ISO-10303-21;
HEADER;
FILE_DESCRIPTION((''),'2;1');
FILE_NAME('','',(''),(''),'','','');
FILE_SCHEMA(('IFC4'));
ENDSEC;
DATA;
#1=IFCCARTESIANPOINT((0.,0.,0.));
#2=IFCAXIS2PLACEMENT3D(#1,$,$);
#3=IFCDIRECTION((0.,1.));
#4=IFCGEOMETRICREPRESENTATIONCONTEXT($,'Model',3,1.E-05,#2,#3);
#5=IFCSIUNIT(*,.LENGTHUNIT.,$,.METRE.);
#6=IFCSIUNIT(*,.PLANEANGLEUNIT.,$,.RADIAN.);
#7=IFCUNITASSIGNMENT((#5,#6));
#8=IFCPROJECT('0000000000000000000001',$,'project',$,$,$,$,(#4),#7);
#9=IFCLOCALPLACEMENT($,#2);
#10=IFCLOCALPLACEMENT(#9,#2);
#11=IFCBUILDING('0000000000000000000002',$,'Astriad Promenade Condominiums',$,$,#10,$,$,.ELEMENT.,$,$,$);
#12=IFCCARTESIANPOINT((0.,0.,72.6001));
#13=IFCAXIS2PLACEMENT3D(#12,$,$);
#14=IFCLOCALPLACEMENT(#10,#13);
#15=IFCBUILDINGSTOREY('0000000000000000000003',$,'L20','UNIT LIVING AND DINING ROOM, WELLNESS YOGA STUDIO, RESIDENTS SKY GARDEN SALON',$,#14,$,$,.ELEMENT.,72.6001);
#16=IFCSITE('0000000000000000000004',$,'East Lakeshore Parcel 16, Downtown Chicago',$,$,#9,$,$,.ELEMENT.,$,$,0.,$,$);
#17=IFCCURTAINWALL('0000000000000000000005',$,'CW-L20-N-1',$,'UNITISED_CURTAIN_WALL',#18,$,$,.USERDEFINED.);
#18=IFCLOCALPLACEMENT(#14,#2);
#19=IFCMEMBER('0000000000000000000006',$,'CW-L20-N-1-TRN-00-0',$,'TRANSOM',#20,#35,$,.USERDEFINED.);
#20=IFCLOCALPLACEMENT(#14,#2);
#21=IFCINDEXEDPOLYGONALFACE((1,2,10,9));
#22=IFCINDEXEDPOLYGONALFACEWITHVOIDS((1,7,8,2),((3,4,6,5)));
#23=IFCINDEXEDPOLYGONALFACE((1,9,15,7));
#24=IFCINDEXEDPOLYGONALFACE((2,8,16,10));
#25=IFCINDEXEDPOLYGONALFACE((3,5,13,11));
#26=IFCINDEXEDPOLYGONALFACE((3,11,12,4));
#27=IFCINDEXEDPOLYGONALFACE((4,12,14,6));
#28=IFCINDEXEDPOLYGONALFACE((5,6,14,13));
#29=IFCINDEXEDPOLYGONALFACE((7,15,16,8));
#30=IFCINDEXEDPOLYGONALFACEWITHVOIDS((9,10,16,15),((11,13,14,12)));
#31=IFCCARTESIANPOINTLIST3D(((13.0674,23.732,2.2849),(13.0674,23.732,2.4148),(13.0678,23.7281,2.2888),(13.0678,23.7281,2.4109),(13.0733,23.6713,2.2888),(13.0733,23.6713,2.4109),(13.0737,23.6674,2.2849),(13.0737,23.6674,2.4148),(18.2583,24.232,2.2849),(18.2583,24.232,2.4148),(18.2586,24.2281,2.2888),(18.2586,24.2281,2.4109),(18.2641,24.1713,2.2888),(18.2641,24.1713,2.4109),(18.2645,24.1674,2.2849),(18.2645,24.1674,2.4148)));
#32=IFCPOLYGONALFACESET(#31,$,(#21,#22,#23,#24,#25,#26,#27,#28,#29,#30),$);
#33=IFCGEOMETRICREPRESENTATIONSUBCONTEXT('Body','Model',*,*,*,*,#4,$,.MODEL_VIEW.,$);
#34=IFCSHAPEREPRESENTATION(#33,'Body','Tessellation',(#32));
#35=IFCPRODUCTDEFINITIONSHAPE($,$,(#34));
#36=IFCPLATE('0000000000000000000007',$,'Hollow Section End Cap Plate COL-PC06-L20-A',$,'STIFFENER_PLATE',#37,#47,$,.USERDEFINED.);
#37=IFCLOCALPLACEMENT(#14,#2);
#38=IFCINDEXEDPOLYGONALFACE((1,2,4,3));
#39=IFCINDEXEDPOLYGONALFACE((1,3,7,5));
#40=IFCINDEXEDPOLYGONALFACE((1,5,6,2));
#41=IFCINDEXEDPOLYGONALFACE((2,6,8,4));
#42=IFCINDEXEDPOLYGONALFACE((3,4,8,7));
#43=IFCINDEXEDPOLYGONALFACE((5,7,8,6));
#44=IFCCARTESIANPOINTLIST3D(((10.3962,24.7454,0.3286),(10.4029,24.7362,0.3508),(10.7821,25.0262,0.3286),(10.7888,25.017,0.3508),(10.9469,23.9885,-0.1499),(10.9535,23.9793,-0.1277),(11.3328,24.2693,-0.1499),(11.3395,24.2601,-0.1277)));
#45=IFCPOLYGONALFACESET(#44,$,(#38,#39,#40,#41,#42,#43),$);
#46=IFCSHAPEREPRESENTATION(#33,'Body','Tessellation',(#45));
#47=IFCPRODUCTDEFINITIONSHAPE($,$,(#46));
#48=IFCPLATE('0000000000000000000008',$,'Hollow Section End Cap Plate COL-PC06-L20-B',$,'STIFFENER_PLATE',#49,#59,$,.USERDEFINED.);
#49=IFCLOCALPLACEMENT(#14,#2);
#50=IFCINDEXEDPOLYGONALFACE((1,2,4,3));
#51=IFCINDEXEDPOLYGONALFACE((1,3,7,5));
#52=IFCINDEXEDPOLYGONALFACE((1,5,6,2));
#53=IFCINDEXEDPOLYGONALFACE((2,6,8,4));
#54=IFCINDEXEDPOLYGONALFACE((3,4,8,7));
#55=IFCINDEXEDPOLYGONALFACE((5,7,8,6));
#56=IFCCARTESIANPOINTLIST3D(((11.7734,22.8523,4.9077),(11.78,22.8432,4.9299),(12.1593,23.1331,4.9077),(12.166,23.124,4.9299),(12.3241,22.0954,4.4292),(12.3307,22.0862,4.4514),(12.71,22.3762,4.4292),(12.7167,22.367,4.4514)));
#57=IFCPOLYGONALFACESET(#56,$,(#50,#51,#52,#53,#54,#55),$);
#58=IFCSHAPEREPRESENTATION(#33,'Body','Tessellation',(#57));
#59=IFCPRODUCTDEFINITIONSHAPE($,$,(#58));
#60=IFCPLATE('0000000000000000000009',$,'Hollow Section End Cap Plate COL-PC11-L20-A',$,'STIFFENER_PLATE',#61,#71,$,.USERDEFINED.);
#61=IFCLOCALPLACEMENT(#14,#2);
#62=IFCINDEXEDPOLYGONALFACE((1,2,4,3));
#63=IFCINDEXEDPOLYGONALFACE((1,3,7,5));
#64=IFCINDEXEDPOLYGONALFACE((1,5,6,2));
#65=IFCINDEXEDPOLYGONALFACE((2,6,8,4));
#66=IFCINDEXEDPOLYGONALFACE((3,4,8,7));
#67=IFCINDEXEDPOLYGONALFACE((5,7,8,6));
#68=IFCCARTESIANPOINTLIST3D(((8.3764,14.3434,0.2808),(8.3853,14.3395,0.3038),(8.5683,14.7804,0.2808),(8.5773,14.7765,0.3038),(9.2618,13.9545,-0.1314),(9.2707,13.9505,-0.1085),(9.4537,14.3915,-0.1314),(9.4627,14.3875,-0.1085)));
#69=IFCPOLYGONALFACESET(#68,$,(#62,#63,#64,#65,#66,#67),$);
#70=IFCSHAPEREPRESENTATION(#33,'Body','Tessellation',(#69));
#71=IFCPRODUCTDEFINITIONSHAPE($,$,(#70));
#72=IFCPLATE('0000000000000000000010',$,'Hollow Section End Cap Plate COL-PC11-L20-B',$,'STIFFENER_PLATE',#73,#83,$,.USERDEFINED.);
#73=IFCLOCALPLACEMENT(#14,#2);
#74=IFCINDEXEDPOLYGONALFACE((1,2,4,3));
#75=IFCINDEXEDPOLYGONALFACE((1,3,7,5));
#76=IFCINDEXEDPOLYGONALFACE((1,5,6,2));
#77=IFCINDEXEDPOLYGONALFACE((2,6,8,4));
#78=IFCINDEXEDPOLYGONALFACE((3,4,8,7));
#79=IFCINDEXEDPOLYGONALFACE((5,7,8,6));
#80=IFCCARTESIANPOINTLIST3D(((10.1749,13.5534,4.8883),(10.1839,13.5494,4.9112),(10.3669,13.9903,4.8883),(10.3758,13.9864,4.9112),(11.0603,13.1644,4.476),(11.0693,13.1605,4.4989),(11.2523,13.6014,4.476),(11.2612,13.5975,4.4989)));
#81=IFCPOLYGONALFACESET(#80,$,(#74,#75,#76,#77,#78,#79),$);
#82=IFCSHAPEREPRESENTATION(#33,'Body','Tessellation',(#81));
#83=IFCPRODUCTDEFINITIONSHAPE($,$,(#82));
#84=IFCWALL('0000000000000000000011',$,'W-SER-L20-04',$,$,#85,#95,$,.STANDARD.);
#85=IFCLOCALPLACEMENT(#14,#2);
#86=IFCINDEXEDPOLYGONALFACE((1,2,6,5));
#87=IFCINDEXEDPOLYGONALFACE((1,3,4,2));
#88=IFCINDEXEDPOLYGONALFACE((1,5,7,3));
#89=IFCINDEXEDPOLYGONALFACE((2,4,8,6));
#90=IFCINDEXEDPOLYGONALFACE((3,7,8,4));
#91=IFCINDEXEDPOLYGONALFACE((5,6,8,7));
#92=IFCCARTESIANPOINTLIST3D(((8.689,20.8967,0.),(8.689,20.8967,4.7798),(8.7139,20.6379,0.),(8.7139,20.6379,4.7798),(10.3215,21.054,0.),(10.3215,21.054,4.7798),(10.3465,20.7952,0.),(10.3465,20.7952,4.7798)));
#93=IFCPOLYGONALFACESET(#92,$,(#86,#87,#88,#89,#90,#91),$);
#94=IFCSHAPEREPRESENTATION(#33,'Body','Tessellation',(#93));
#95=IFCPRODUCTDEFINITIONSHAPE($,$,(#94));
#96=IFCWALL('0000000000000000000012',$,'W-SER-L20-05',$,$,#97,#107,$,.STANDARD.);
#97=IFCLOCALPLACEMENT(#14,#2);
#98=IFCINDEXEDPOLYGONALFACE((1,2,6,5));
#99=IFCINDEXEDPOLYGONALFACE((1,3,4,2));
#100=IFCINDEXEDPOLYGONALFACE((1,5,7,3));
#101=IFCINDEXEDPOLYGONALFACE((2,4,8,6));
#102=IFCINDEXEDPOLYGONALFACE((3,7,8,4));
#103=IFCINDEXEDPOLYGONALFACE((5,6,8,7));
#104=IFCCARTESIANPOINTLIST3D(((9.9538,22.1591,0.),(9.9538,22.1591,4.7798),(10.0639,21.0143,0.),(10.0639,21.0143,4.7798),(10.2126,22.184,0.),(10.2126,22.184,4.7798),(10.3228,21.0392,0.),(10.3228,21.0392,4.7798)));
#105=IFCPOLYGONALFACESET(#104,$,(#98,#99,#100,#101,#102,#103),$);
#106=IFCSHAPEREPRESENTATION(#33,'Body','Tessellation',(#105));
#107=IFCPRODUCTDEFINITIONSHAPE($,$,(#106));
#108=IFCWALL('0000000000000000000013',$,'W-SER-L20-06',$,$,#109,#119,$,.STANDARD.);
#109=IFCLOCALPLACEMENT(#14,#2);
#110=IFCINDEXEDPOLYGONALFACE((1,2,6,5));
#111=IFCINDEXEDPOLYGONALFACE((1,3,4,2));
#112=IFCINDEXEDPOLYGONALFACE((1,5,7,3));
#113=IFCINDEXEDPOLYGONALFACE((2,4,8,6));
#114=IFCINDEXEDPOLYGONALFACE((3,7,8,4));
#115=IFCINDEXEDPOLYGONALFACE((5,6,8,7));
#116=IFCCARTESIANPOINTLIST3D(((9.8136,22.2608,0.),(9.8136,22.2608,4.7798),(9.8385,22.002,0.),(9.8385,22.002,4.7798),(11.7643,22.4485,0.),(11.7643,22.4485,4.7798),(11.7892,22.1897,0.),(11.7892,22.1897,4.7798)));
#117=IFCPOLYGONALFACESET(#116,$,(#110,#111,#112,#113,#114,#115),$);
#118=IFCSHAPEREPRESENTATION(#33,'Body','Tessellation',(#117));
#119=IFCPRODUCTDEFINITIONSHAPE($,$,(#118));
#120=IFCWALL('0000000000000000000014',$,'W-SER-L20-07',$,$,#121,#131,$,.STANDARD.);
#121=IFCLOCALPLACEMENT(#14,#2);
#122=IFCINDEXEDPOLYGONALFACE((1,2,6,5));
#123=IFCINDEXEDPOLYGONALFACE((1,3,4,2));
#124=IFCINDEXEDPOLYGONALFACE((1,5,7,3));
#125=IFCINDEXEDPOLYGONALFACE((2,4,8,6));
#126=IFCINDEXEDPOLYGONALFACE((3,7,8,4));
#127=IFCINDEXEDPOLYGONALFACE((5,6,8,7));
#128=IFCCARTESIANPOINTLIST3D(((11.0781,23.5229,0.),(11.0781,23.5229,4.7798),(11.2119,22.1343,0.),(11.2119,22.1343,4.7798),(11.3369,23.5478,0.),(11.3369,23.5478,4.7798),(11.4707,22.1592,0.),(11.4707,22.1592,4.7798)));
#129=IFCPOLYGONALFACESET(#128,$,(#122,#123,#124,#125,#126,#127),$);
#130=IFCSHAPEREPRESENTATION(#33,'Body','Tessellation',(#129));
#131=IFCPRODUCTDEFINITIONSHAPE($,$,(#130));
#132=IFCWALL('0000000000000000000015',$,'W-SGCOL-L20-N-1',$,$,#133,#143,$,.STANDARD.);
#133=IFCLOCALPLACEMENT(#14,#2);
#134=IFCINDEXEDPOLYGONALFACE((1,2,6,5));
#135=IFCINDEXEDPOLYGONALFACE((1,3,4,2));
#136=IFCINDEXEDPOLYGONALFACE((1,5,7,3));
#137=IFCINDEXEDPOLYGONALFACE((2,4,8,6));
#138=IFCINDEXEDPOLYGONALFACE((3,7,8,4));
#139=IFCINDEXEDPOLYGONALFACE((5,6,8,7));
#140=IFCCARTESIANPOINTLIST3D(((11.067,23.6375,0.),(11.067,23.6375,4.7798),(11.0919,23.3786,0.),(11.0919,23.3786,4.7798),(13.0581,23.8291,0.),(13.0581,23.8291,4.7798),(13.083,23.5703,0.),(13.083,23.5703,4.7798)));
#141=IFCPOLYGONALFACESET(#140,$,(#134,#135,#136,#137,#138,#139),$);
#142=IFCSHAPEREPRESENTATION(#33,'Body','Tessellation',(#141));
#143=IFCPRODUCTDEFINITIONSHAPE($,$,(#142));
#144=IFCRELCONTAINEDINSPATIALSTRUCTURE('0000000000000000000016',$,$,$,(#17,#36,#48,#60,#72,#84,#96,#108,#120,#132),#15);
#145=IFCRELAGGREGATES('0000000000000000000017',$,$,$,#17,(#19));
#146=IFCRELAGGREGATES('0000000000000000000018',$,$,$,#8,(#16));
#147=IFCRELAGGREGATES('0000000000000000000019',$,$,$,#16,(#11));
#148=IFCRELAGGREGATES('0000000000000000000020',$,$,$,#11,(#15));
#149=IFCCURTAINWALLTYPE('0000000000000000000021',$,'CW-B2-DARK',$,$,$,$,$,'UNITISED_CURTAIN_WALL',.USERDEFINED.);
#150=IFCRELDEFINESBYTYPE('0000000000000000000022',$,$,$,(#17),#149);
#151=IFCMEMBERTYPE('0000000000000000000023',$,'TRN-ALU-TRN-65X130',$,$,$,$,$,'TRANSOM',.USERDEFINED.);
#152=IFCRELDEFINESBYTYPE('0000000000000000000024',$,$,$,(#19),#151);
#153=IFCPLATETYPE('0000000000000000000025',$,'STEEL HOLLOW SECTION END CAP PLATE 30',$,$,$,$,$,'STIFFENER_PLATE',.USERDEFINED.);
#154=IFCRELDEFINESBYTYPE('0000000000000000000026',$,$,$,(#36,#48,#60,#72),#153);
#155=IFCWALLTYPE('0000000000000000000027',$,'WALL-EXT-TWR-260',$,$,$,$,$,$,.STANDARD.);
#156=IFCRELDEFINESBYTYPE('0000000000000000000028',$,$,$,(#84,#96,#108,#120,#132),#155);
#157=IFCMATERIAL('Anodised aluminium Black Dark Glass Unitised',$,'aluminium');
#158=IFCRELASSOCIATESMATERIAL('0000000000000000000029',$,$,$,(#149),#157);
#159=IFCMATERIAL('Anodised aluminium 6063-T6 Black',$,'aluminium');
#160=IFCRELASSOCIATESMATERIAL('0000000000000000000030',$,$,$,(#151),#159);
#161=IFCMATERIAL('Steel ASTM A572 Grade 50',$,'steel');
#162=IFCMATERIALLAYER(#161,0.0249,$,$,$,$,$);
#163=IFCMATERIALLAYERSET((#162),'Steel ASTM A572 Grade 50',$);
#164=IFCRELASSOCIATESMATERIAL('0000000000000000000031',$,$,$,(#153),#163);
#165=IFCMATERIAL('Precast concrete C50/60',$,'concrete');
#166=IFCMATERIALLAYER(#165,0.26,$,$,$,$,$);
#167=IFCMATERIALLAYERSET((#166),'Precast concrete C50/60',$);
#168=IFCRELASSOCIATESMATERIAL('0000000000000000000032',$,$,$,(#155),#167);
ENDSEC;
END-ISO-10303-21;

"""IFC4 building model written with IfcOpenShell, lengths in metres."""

from ifc_helpers import new_model, si_unit, direction, frame, frame_2d, origin, origin_2d, place, context, subcontext, project, spatial, rectangle, hollow_rectangle, extrude, source, transform, mapped, material, layer, layer_set, material_profile, profile_set, type_object, type_shapes, element, aggregate, save


model = new_model("IFC4")

# Units and contexts
model_context = context("Model", 3, precision=1e-05, world=origin(), true_north=direction((0.0, 1.0)))
body_context = subcontext(model_context, "Body", "Model", "MODEL_VIEW")
ifc_project = project(units=[si_unit("LENGTHUNIT", "METRE"), si_unit("PLANEANGLEUNIT", "RADIAN")], contexts=[model_context])

# Site, building, storey
site_placement = place(None, origin())
site = spatial("IfcSite", under=ifc_project, at=site_placement, Name="East Lakeshore Parcel 16, Downtown Chicago", CompositionType="ELEMENT", RefElevation=0.0)
building_placement = place(site_placement, origin())
building = spatial("IfcBuilding", under=site, at=building_placement, Name="Astriad Promenade Condominiums", CompositionType="ELEMENT")
storey_placement = place(building_placement, frame((0.0, 0.0, 72.6001)))
storey = spatial("IfcBuildingStorey", under=building, at=storey_placement, Name="L20", Description="UNIT LIVING AND DINING ROOM, WELLNESS YOGA STUDIO, RESIDENTS SKY GARDEN SALON", CompositionType="ELEMENT", Elevation=72.6001)

# Curtain wall, member
ifc_material_1 = material(Name="Anodised aluminium Black Dark Glass Unitised", Category="aluminium")
curtain_wall_type = type_object("IfcCurtainWallType", Name="CW-B2-DARK", ElementType="UNITISED_CURTAIN_WALL", PredefinedType="USERDEFINED", material=ifc_material_1)
curtain_wall_placement = place(storey_placement, origin())
curtain_wall = element("IfcCurtainWall", 1, at=curtain_wall_placement, inside=storey, type_object=curtain_wall_type, Name="CW-L20-N-1", ObjectType="UNITISED_CURTAIN_WALL", PredefinedType="USERDEFINED")
ifc_material_2 = material(Name="Anodised aluminium 6063-T6 Black", Category="aluminium")
ifc_material_profile_1 = material_profile(ifc_material_2, hollow_rectangle(XDim=0.0649, YDim=0.1299, WallThickness=0.0039, at=origin_2d()), Name="ALU-TRN-65X130")
ifc_profile_set_1 = profile_set([ifc_material_profile_1], Name="Anodised aluminium 6063-T6 Black")
member_type_1 = type_object("IfcMemberType", Name="TRN-ALU-TRN-65X130", ElementType="TRANSOM", PredefinedType="USERDEFINED", material=ifc_profile_set_1)
shared_shape_1 = source(origin(), body_context, "Body", "SweptSolid", [
    extrude(hollow_rectangle(XDim=0.0649, YDim=0.1299, WallThickness=0.0039, at=origin_2d()), origin(), (0.0, 0.0, 1.0), 5.2148),
])
type_shapes(member_type_1, [shared_shape_1])
member_1_placement = place(storey_placement, frame((13.0706, 23.6997, 2.3499), z_axis=(0.995393, 0.095878, 0.0), x_axis=(-0.095878, 0.995393, 0.0)))
member_1 = element("IfcMember", 2, at=member_1_placement, type_object=member_type_1, Name="CW-L20-N-1-TRN-00-0", ObjectType="TRANSOM", PredefinedType="USERDEFINED", context=body_context, shape_type="MappedRepresentation", body=[
    mapped(shared_shape_1, transform((0.0, 0.0, 0.0), scale=1.0)),
])
aggregate(curtain_wall, [member_1])

# Plates
ifc_material_3 = material(Name="Steel ASTM A572 Grade 50", Category="steel")
ifc_layer_1 = layer(ifc_material_3, 0.0249)
ifc_layer_set_1 = layer_set([ifc_layer_1], Name="Steel ASTM A572 Grade 50")
plate_type = type_object("IfcPlateType", Name="STEEL HOLLOW SECTION END CAP PLATE 30", ElementType="STIFFENER_PLATE", PredefinedType="USERDEFINED", material=ifc_layer_set_1)
shared_shape_2 = source(origin(), body_context, "Body", "SweptSolid", [
    extrude(rectangle(XDim=0.4773, YDim=1.0513, at=origin_2d()), origin(), (0.0, 0.0, 1.0), 0.0249),
])
type_shapes(plate_type, [shared_shape_2])
for number, where, z_axis, x_axis, name in (
    (3, (10.8645, 24.5073, 0.0894), (0.267777, -0.368076, 0.890402), (0.808647, 0.588294, 0.0), "Hollow Section End Cap Plate COL-PC06-L20-A"),
    (4, (12.2417, 22.6143, 4.6685), (0.267777, -0.368076, 0.890402), (0.808647, 0.588294, 0.0), "Hollow Section End Cap Plate COL-PC06-L20-B"),
    (5, (8.915, 14.3674, 0.0747), (0.359056, -0.157717, 0.919894), (0.402166, 0.915567, 0.0), "Hollow Section End Cap Plate COL-PC11-L20-A"),
    (6, (10.7136, 13.5774, 4.6821), (0.359056, -0.157717, 0.919894), (0.402166, 0.915567, 0.0), "Hollow Section End Cap Plate COL-PC11-L20-B"),
):
    element("IfcPlate", number, at=place(storey_placement, frame(where, z_axis=z_axis, x_axis=x_axis)), inside=storey, type_object=plate_type, Name=name, ObjectType="STIFFENER_PLATE", PredefinedType="USERDEFINED", context=body_context, shape_type="MappedRepresentation", body=[
        mapped(shared_shape_2, transform((0.0, 0.0, 0.0), scale=1.0)),
    ])

# Walls
ifc_material_4 = material(Name="Precast concrete C50/60", Category="concrete")
ifc_layer_2 = layer(ifc_material_4, 0.26)
ifc_layer_set_2 = layer_set([ifc_layer_2], Name="Precast concrete C50/60")
wall_type_1 = type_object("IfcWallType", Name="WALL-EXT-TWR-260", PredefinedType="STANDARD", material=ifc_layer_set_2)
wall_1_placement = place(storey_placement, frame((8.7014, 20.7673, 0.0), z_axis=(0.0, 0.0, 1.0), x_axis=(0.995395, 0.095863, 0.0)))
element("IfcWall", 7, at=wall_1_placement, inside=storey, type_object=wall_type_1, Name="W-SER-L20-04", PredefinedType="STANDARD", context=body_context, shape_type="SweptSolid", body=[
    extrude(rectangle(XDim=1.6401, YDim=0.26, at=frame_2d((0.8201, 0.0))), origin(), (0.0, 0.0, 1.0), 4.7798),
])
wall_2_placement = place(storey_placement, frame((10.1934, 21.0266, 0.0), z_axis=(0.0, 0.0, 1.0), x_axis=(-0.095741, 0.995406, 0.0)))
element("IfcWall", 8, at=wall_2_placement, inside=storey, type_object=wall_type_1, Name="W-SER-L20-05", PredefinedType="STANDARD", context=body_context, shape_type="SweptSolid", body=[
    extrude(rectangle(XDim=1.1501, YDim=0.26, at=frame_2d((0.5752, 0.0))), origin(), (0.0, 0.0, 1.0), 4.7798),
])
wall_3_placement = place(storey_placement, frame((9.8259, 22.1313, 0.0), z_axis=(0.0, 0.0, 1.0), x_axis=(0.9954, 0.095803, 0.0)))
element("IfcWall", 9, at=wall_3_placement, inside=storey, type_object=wall_type_1, Name="W-SER-L20-06", PredefinedType="STANDARD", context=body_context, shape_type="SweptSolid", body=[
    extrude(rectangle(XDim=1.9597, YDim=0.26, at=frame_2d((0.98, 0.0))), origin(), (0.0, 0.0, 1.0), 4.7798),
])
wall_4_placement = place(storey_placement, frame((11.3413, 22.1467, 0.0), z_axis=(0.0, 0.0, 1.0), x_axis=(-0.095899, 0.995391, 0.0)))
element("IfcWall", 10, at=wall_4_placement, inside=storey, type_object=wall_type_1, Name="W-SER-L20-07", PredefinedType="STANDARD", context=body_context, shape_type="SweptSolid", body=[
    extrude(rectangle(XDim=1.395, YDim=0.26, at=frame_2d((0.6975, 0.0))), origin(), (0.0, 0.0, 1.0), 4.7798),
])
wall_5_placement = place(storey_placement, frame((11.0796, 23.5081, 0.0), z_axis=(0.0, 0.0, 1.0), x_axis=(0.995399, 0.095817, 0.0)))
element("IfcWall", 11, at=wall_5_placement, inside=storey, type_object=wall_type_1, Name="W-SGCOL-L20-N-1", PredefinedType="STANDARD", context=body_context, shape_type="SweptSolid", body=[
    extrude(rectangle(XDim=2.0002, YDim=0.26, at=frame_2d((1.0, 0.0))), origin(), (0.0, 0.0, 1.0), 4.7798),
])

save(model, "model.ifc")
